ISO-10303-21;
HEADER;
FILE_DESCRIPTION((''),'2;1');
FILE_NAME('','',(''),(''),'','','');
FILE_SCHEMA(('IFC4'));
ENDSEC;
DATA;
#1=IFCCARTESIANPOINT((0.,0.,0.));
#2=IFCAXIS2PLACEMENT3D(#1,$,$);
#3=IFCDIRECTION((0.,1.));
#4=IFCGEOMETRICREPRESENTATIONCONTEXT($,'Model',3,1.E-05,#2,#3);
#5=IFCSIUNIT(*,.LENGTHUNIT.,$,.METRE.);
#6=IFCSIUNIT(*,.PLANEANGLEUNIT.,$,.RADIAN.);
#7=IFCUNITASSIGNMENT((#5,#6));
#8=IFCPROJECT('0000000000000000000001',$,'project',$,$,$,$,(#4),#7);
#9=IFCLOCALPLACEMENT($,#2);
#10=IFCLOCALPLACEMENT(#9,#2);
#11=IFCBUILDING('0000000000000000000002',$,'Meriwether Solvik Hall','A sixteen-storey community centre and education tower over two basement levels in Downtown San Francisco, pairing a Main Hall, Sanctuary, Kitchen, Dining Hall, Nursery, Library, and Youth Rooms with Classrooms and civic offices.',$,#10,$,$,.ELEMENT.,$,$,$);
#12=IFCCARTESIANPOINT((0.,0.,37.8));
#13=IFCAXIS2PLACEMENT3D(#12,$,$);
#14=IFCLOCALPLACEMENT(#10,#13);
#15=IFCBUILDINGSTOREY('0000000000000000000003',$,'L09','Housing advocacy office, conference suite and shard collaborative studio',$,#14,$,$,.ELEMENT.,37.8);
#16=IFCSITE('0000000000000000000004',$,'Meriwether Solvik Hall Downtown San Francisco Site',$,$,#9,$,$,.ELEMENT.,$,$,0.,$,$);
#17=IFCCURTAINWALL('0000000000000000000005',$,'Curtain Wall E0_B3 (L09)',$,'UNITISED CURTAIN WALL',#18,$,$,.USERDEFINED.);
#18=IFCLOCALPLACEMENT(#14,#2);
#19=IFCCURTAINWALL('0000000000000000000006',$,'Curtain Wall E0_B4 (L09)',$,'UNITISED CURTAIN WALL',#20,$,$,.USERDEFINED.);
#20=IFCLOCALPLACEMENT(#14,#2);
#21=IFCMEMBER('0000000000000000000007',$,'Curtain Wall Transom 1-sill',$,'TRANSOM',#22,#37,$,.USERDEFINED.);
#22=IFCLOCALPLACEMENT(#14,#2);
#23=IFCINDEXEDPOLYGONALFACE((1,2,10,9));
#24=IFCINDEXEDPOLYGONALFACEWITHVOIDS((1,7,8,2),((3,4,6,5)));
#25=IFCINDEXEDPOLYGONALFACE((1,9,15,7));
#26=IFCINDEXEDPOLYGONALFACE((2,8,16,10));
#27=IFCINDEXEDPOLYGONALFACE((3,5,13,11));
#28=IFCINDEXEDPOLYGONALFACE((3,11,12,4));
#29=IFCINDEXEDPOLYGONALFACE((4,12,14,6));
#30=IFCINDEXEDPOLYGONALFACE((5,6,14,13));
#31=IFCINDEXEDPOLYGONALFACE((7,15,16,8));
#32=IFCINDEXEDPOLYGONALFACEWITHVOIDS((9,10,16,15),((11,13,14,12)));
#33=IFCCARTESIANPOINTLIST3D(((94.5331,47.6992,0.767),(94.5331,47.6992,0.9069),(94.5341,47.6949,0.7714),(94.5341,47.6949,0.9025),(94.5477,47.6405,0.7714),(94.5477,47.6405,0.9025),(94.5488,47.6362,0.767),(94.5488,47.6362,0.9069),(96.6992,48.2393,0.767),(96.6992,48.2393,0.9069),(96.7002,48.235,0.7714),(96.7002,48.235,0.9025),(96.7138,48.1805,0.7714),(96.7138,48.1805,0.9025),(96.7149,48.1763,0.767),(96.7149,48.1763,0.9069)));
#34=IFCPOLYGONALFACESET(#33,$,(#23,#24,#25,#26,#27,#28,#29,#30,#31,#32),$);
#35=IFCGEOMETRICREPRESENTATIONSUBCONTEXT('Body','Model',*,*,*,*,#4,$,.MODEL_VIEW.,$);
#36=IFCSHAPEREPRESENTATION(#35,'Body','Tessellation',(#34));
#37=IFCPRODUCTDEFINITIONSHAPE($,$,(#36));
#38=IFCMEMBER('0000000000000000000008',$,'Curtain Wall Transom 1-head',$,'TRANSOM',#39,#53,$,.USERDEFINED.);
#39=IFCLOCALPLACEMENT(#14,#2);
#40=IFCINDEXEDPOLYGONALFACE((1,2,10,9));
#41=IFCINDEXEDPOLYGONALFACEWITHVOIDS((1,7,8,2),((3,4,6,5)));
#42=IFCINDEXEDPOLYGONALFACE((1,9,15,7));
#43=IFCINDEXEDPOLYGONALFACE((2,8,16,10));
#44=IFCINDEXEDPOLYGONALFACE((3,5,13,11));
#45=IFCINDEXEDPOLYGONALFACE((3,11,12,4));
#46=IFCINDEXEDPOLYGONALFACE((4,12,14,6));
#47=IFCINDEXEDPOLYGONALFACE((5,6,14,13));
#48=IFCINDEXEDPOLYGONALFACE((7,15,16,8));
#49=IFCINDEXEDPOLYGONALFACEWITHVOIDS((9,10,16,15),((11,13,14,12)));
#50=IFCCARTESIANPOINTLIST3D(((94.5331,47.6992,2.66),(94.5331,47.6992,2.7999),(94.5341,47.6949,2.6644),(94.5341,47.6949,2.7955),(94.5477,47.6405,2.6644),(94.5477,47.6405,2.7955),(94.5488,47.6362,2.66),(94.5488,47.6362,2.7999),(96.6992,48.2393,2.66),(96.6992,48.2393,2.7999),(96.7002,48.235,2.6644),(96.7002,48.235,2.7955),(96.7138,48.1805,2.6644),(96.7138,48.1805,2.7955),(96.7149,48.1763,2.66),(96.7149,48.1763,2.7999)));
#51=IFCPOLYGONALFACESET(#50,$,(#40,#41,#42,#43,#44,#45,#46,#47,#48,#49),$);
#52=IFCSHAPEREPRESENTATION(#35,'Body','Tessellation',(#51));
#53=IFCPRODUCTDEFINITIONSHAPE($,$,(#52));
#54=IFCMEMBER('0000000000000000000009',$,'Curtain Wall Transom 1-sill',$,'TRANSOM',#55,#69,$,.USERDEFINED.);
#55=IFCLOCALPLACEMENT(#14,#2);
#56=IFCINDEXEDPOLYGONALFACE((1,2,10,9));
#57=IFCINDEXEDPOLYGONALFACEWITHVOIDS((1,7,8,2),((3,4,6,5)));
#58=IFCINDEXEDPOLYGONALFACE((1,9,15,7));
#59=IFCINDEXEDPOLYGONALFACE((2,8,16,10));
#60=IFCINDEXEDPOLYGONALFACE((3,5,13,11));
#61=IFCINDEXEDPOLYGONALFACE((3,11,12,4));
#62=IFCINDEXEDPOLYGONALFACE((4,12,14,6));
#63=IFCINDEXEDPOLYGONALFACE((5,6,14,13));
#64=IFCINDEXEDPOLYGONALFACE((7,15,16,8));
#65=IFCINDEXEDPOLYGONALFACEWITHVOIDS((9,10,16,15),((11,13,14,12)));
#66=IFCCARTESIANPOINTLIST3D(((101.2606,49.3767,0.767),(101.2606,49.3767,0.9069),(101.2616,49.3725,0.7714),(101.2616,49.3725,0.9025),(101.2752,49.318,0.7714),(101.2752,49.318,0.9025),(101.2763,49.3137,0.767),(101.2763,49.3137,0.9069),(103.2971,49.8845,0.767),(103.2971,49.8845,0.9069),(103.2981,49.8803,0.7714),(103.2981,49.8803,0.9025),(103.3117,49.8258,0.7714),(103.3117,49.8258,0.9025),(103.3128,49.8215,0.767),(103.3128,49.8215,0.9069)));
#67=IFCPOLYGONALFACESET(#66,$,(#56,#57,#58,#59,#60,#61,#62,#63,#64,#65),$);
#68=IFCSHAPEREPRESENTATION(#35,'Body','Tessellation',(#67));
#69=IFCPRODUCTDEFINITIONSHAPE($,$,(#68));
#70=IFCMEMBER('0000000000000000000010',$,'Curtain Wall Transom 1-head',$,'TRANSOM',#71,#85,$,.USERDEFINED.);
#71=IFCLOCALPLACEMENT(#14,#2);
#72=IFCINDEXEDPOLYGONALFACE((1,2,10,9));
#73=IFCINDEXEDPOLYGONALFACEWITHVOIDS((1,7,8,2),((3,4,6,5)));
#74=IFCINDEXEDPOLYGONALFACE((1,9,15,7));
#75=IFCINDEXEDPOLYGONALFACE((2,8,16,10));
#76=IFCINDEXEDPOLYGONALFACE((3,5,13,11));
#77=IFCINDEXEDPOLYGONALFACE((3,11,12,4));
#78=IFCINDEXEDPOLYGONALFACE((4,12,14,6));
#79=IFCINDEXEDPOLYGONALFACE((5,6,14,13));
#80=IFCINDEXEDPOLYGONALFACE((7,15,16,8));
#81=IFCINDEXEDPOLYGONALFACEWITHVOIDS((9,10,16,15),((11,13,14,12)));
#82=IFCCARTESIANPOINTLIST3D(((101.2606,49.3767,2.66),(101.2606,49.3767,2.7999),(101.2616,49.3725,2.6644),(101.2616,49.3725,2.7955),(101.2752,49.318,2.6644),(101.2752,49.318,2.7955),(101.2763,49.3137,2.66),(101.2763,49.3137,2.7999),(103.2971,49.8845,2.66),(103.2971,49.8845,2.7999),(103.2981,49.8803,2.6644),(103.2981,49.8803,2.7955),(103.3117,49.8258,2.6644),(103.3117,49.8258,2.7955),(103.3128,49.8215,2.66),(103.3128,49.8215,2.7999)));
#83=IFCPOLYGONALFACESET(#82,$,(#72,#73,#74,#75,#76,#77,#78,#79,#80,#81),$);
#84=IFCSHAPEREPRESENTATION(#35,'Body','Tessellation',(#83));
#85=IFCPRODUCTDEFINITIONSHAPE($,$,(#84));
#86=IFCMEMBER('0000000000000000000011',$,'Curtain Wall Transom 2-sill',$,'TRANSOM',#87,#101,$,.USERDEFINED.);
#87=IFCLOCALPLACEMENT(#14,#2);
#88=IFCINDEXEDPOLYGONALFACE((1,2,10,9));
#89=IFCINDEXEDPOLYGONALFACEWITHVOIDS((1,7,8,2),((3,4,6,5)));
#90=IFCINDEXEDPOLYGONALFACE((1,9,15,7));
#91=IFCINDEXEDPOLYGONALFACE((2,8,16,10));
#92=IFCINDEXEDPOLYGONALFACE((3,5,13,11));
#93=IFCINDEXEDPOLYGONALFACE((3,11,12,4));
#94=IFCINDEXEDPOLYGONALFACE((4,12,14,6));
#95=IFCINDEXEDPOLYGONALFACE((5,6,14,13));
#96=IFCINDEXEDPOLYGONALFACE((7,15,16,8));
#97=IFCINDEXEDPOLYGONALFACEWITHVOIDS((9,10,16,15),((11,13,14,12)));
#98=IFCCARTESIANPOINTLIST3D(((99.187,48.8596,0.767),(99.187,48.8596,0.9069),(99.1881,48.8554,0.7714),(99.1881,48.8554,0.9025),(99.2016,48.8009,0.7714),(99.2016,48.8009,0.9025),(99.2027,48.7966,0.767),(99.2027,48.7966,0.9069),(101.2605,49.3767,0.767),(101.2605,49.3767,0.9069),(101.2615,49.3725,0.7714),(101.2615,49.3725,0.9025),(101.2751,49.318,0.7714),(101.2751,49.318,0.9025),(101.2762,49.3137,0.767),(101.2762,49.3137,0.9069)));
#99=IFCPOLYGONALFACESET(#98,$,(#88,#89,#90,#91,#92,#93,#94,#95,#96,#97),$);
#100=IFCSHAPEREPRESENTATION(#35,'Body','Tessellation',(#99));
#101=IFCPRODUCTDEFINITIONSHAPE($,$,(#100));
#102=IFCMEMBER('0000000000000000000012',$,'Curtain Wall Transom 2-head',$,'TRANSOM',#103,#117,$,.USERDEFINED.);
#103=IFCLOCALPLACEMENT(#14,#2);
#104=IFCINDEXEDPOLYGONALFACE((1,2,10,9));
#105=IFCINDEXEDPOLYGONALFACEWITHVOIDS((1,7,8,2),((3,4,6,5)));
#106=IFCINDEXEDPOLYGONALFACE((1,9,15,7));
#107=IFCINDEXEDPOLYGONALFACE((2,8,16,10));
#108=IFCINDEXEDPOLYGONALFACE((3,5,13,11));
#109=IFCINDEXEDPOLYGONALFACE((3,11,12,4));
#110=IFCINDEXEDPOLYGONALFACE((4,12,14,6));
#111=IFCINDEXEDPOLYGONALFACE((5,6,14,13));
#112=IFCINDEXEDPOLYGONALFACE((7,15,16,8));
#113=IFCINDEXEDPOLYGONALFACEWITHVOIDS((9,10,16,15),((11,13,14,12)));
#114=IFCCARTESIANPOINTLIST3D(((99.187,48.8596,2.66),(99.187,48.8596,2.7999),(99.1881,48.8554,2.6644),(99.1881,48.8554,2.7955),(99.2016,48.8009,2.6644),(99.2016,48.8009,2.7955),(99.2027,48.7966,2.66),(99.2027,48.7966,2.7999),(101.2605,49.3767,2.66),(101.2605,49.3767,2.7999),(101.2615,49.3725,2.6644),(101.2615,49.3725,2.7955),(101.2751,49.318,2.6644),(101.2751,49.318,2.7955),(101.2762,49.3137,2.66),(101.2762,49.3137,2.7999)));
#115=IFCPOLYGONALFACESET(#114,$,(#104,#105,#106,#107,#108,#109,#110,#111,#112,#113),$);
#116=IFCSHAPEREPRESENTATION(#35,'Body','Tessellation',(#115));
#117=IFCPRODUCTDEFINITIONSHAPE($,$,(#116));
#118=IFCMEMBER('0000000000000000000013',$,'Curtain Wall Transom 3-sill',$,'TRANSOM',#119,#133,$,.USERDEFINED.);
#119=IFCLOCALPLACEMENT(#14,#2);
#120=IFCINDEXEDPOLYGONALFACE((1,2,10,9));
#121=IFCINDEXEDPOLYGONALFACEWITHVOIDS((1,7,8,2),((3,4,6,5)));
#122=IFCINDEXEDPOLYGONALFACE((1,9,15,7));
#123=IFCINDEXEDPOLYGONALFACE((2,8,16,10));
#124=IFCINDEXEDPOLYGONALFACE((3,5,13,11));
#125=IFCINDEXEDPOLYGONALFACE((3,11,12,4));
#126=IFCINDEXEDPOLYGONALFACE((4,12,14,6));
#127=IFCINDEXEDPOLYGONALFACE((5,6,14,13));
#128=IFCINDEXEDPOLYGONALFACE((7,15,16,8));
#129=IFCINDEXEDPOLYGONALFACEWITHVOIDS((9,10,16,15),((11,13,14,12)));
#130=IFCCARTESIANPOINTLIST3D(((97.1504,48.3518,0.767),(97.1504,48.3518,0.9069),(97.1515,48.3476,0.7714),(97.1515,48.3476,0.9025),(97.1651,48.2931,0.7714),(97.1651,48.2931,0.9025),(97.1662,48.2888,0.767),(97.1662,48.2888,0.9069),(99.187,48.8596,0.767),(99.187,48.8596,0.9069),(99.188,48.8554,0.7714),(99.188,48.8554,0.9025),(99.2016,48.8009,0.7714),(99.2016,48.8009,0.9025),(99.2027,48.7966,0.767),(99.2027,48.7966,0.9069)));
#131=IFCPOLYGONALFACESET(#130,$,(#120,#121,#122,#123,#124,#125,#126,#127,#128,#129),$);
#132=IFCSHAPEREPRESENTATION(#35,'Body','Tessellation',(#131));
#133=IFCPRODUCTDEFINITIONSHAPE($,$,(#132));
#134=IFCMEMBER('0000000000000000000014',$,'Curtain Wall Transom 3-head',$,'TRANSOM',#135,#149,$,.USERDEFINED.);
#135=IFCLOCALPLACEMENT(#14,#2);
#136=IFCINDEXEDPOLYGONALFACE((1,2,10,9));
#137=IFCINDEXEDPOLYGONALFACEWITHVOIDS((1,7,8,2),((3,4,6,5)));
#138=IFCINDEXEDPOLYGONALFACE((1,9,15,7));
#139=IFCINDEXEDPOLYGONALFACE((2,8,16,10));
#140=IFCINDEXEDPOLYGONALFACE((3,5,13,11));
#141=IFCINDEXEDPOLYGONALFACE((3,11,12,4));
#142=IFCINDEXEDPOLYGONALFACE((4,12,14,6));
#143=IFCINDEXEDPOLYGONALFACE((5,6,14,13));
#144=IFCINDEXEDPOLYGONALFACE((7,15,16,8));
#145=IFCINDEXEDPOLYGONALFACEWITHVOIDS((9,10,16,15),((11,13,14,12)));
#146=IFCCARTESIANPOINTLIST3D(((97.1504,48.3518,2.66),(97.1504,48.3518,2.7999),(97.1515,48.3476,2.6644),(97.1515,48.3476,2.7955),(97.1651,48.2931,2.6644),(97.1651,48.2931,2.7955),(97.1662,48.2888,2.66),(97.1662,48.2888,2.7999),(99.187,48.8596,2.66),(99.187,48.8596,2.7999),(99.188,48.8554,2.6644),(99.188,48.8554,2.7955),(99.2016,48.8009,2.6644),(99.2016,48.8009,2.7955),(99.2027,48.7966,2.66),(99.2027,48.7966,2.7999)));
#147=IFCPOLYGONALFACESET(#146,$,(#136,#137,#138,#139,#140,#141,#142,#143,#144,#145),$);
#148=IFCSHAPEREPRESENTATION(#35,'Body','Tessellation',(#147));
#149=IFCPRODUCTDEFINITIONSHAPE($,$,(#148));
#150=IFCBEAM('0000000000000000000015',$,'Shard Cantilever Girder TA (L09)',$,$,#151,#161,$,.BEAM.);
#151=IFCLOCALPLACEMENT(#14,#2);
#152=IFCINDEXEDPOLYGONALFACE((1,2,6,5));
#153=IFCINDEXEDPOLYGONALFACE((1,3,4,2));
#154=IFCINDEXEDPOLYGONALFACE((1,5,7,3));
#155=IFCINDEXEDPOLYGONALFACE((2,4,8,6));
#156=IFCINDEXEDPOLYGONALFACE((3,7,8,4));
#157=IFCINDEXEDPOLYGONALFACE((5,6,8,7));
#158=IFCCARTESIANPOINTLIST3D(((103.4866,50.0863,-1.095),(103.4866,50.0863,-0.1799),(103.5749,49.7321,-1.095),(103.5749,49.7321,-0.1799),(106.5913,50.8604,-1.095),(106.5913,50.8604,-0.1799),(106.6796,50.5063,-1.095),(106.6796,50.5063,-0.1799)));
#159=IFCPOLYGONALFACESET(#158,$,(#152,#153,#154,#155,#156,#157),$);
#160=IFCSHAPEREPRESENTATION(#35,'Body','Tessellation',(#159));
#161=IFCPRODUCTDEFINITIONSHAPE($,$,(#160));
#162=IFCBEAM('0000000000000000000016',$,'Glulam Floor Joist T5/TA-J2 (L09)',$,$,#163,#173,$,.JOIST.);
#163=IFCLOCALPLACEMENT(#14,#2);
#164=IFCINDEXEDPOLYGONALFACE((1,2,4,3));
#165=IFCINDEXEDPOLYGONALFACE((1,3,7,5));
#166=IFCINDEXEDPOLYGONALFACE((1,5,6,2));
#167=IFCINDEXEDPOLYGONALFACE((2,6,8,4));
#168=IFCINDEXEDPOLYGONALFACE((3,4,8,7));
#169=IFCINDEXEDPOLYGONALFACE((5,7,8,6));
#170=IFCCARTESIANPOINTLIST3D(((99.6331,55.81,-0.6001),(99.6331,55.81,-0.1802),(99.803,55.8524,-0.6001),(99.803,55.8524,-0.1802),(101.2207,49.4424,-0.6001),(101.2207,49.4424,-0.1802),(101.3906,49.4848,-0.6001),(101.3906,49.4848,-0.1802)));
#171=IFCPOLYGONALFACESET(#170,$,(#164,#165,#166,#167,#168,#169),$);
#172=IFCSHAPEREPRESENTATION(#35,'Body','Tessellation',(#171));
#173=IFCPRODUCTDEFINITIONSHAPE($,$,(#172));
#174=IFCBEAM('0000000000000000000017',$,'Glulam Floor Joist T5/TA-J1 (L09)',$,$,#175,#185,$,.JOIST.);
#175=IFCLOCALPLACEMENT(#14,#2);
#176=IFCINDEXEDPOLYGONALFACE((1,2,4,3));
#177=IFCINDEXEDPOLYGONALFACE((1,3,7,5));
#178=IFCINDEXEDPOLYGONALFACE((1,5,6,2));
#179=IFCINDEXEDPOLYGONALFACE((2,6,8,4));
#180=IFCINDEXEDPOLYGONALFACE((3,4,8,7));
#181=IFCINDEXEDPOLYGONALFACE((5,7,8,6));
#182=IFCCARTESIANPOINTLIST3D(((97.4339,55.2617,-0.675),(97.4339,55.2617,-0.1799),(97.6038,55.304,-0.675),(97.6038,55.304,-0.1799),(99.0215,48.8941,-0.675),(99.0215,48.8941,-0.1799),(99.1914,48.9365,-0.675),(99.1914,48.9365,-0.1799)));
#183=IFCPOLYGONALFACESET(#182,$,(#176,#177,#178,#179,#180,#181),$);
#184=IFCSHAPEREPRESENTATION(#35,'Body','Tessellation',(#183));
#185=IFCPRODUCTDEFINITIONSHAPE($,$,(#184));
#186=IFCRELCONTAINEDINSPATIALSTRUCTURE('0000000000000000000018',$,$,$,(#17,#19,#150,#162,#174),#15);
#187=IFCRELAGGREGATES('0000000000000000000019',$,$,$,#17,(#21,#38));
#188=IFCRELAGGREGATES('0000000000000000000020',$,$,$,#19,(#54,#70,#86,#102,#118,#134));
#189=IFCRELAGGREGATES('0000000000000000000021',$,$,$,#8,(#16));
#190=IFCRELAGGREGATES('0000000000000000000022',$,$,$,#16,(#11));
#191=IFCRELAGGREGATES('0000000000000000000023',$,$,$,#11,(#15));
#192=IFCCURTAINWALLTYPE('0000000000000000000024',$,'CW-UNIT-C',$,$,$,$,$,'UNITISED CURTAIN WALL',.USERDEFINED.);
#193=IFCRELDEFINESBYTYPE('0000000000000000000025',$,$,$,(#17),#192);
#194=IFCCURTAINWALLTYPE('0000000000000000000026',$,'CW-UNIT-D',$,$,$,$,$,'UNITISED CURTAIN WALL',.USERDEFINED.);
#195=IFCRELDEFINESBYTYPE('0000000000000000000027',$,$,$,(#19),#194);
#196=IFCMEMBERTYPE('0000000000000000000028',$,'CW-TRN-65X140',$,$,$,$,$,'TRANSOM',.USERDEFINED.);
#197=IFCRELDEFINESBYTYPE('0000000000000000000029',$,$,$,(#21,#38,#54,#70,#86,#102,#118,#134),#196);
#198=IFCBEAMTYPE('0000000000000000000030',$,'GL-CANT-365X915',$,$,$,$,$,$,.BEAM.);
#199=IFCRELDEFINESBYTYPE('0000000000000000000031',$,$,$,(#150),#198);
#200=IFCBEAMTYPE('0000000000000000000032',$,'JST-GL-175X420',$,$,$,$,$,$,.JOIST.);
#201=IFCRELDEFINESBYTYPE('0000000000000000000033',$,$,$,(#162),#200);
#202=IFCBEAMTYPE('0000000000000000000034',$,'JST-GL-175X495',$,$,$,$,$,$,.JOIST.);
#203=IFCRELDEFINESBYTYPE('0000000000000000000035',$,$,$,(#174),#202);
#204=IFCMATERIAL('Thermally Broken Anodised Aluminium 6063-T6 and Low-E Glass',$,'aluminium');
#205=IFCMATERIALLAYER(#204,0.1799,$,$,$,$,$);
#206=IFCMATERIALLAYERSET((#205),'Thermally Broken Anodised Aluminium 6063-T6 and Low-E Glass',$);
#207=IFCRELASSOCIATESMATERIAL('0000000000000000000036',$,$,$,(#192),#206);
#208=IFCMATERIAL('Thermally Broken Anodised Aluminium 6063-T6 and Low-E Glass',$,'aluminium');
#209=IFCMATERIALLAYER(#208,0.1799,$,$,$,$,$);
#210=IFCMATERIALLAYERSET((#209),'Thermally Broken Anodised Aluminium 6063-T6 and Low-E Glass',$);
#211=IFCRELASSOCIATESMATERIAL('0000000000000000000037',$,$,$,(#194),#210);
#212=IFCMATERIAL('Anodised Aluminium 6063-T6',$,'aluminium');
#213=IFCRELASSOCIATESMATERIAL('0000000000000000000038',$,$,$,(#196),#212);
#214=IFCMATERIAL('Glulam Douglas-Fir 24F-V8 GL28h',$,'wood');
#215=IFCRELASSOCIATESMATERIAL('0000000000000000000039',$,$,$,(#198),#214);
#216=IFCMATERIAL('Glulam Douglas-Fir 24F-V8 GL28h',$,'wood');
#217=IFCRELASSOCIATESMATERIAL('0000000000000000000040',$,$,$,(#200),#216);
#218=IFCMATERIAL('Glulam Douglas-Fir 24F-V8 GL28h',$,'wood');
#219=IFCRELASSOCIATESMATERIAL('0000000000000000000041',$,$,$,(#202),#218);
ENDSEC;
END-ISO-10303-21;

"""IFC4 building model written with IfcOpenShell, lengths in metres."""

from ifc_helpers import new_model, si_unit, direction, frame, origin, origin_2d, place, context, subcontext, project, spatial, rectangle, hollow_rectangle, extrude, material, layer, layer_set, material_profile, profile_set, type_object, element, aggregate, save


model = new_model("IFC4")

# Units and contexts
model_context = context("Model", 3, precision=1e-05, world=origin(), true_north=direction((0.0, 1.0)))
body_context = subcontext(model_context, "Body", "Model", "MODEL_VIEW")
ifc_project = project(units=[si_unit("LENGTHUNIT", "METRE"), si_unit("PLANEANGLEUNIT", "RADIAN")], contexts=[model_context])

# Site, building, storey
site_placement = place(None, origin())
site = spatial("IfcSite", under=ifc_project, at=site_placement, Name="Meriwether Solvik Hall Downtown San Francisco Site", CompositionType="ELEMENT", RefElevation=0.0)
building_placement = place(site_placement, origin())
building = spatial("IfcBuilding", under=site, at=building_placement, Name="Meriwether Solvik Hall", Description="A sixteen-storey community centre and education tower over two basement levels in Downtown San Francisco, pairing a Main Hall, Sanctuary, Kitchen, Dining Hall, Nursery, Library, and Youth Rooms with Classrooms and civic offices.", CompositionType="ELEMENT")
storey_placement = place(building_placement, frame((0.0, 0.0, 37.8)))
storey = spatial("IfcBuildingStorey", under=building, at=storey_placement, Name="L09", Description="Housing advocacy office, conference suite and shard collaborative studio", CompositionType="ELEMENT", Elevation=37.8)

# Curtain wall
ifc_material_1 = material(Name="Thermally Broken Anodised Aluminium 6063-T6 and Low-E Glass", Category="aluminium")
ifc_layer_1 = layer(ifc_material_1, 0.1799)
ifc_layer_set_1 = layer_set([ifc_layer_1], Name="Thermally Broken Anodised Aluminium 6063-T6 and Low-E Glass")
curtain_wall_type_1 = type_object("IfcCurtainWallType", Name="CW-UNIT-C", ElementType="UNITISED CURTAIN WALL", PredefinedType="USERDEFINED", material=ifc_layer_set_1)
curtain_wall_1_placement = place(storey_placement, origin())
curtain_wall_1 = element("IfcCurtainWall", 1, at=curtain_wall_1_placement, inside=storey, type_object=curtain_wall_type_1, Name="Curtain Wall E0_B3 (L09)", ObjectType="UNITISED CURTAIN WALL", PredefinedType="USERDEFINED")

# Curtain wall
ifc_material_2 = material(Name="Thermally Broken Anodised Aluminium 6063-T6 and Low-E Glass", Category="aluminium")
ifc_layer_2 = layer(ifc_material_2, 0.1799)
ifc_layer_set_2 = layer_set([ifc_layer_2], Name="Thermally Broken Anodised Aluminium 6063-T6 and Low-E Glass")
curtain_wall_type_2 = type_object("IfcCurtainWallType", Name="CW-UNIT-D", ElementType="UNITISED CURTAIN WALL", PredefinedType="USERDEFINED", material=ifc_layer_set_2)
curtain_wall_2_placement = place(storey_placement, origin())
curtain_wall_2 = element("IfcCurtainWall", 2, at=curtain_wall_2_placement, inside=storey, type_object=curtain_wall_type_2, Name="Curtain Wall E0_B4 (L09)", ObjectType="UNITISED CURTAIN WALL", PredefinedType="USERDEFINED")

# Members
ifc_material_3 = material(Name="Anodised Aluminium 6063-T6", Category="aluminium")
ifc_material_profile_1 = material_profile(ifc_material_3, hollow_rectangle(XDim=0.0649, YDim=0.1399, WallThickness=0.0044, at=origin_2d()), Name="CWT-65X140")
ifc_profile_set_1 = profile_set([ifc_material_profile_1], Name="Anodised Aluminium 6063-T6")
member_type_1 = type_object("IfcMemberType", Name="CW-TRN-65X140", ElementType="TRANSOM", PredefinedType="USERDEFINED", material=ifc_profile_set_1)
member_1_placement = place(storey_placement, frame((96.707, 48.2078, 0.8369), z_axis=(-0.970297, -0.241918, 0.0), x_axis=(0.241918, -0.970297, 0.0)))
member_1 = element("IfcMember", 3, at=member_1_placement, type_object=member_type_1, Name="Curtain Wall Transom 1-sill", ObjectType="TRANSOM", PredefinedType="USERDEFINED", context=body_context, shape_type="SweptSolid", body=[
    extrude(hollow_rectangle(XDim=0.0649, YDim=0.1399, WallThickness=0.0044, at=origin_2d()), origin(), (0.0, 0.0, 1.0), 2.2324),
])
member_2_placement = place(storey_placement, frame((96.707, 48.2078, 2.73), z_axis=(-0.970297, -0.241918, 0.0), x_axis=(0.241918, -0.970297, 0.0)))
member_2 = element("IfcMember", 4, at=member_2_placement, type_object=member_type_1, Name="Curtain Wall Transom 1-head", ObjectType="TRANSOM", PredefinedType="USERDEFINED", context=body_context, shape_type="SweptSolid", body=[
    extrude(hollow_rectangle(XDim=0.0649, YDim=0.1399, WallThickness=0.0044, at=origin_2d()), origin(), (0.0, 0.0, 1.0), 2.2324),
])
member_3_placement = place(storey_placement, frame((103.3049, 49.853, 0.8369), z_axis=(-0.970293, -0.241933, 0.0), x_axis=(0.241933, -0.970293, 0.0)))
member_3 = element("IfcMember", 5, at=member_3_placement, type_object=member_type_1, Name="Curtain Wall Transom 1-sill", ObjectType="TRANSOM", PredefinedType="USERDEFINED", context=body_context, shape_type="SweptSolid", body=[
    extrude(hollow_rectangle(XDim=0.0649, YDim=0.1399, WallThickness=0.0044, at=origin_2d()), origin(), (0.0, 0.0, 1.0), 2.0989),
])
member_4_placement = place(storey_placement, frame((103.3049, 49.853, 2.73), z_axis=(-0.970293, -0.241933, 0.0), x_axis=(0.241933, -0.970293, 0.0)))
member_4 = element("IfcMember", 6, at=member_4_placement, type_object=member_type_1, Name="Curtain Wall Transom 1-head", ObjectType="TRANSOM", PredefinedType="USERDEFINED", context=body_context, shape_type="SweptSolid", body=[
    extrude(hollow_rectangle(XDim=0.0649, YDim=0.1399, WallThickness=0.0044, at=origin_2d()), origin(), (0.0, 0.0, 1.0), 2.0989),
])
member_5_placement = place(storey_placement, frame((101.2683, 49.3452, 0.8369), z_axis=(-0.970283, -0.241971, 0.0), x_axis=(0.241971, -0.970283, 0.0)))
member_5 = element("IfcMember", 7, at=member_5_placement, type_object=member_type_1, Name="Curtain Wall Transom 2-sill", ObjectType="TRANSOM", PredefinedType="USERDEFINED", context=body_context, shape_type="SweptSolid", body=[
    extrude(hollow_rectangle(XDim=0.0649, YDim=0.1399, WallThickness=0.0044, at=origin_2d()), origin(), (0.0, 0.0, 1.0), 2.137),
])
member_6_placement = place(storey_placement, frame((101.2683, 49.3452, 2.73), z_axis=(-0.970283, -0.241971, 0.0), x_axis=(0.241971, -0.970283, 0.0)))
member_6 = element("IfcMember", 8, at=member_6_placement, type_object=member_type_1, Name="Curtain Wall Transom 2-head", ObjectType="TRANSOM", PredefinedType="USERDEFINED", context=body_context, shape_type="SweptSolid", body=[
    extrude(hollow_rectangle(XDim=0.0649, YDim=0.1399, WallThickness=0.0044, at=origin_2d()), origin(), (0.0, 0.0, 1.0), 2.137),
])
member_7_placement = place(storey_placement, frame((99.1948, 48.8281, 0.8369), z_axis=(-0.970293, -0.241933, 0.0), x_axis=(0.241933, -0.970293, 0.0)))
member_7 = element("IfcMember", 9, at=member_7_placement, type_object=member_type_1, Name="Curtain Wall Transom 3-sill", ObjectType="TRANSOM", PredefinedType="USERDEFINED", context=body_context, shape_type="SweptSolid", body=[
    extrude(hollow_rectangle(XDim=0.0649, YDim=0.1399, WallThickness=0.0044, at=origin_2d()), origin(), (0.0, 0.0, 1.0), 2.0989),
])
member_8_placement = place(storey_placement, frame((99.1948, 48.8281, 2.73), z_axis=(-0.970293, -0.241933, 0.0), x_axis=(0.241933, -0.970293, 0.0)))
member_8 = element("IfcMember", 10, at=member_8_placement, type_object=member_type_1, Name="Curtain Wall Transom 3-head", ObjectType="TRANSOM", PredefinedType="USERDEFINED", context=body_context, shape_type="SweptSolid", body=[
    extrude(hollow_rectangle(XDim=0.0649, YDim=0.1399, WallThickness=0.0044, at=origin_2d()), origin(), (0.0, 0.0, 1.0), 2.0989),
])

# Beams
ifc_material_4 = material(Name="Glulam Douglas-Fir 24F-V8 GL28h", Category="wood")
ifc_material_profile_2 = material_profile(ifc_material_4, rectangle(XDim=0.365, YDim=0.915, at=origin_2d()), Name="GLB-365X915")
ifc_profile_set_2 = profile_set([ifc_material_profile_2], Name="Glulam Douglas-Fir 24F-V8 GL28h")
beam_type_1 = type_object("IfcBeamType", Name="GL-CANT-365X915", PredefinedType="BEAM", material=ifc_profile_set_2)
beam_1_placement = place(storey_placement, frame((103.5308, 49.9092, -0.6375), z_axis=(0.97029, 0.241943, 0.0), x_axis=(-0.241943, 0.97029, 0.0)))
element("IfcBeam", 11, at=beam_1_placement, inside=storey, type_object=beam_type_1, Name="Shard Cantilever Girder TA (L09)", PredefinedType="BEAM", context=body_context, shape_type="SweptSolid", body=[
    extrude(rectangle(XDim=0.365, YDim=0.915, at=origin_2d()), origin(), (0.0, 0.0, 1.0), 3.1997),
])
ifc_material_5 = material(Name="Glulam Douglas-Fir 24F-V8 GL28h", Category="wood")
ifc_material_profile_3 = material_profile(ifc_material_5, rectangle(XDim=0.175, YDim=0.4199, at=origin_2d()), Name="GLJ-175X420")
ifc_profile_set_3 = profile_set([ifc_material_profile_3], Name="Glulam Douglas-Fir 24F-V8 GL28h")
beam_type_2 = type_object("IfcBeamType", Name="JST-GL-175X420", PredefinedType="JOIST", material=ifc_profile_set_3)
beam_2_placement = place(storey_placement, frame((101.3057, 49.4636, -0.3901), z_axis=(-0.241923, 0.970295, 0.0), x_axis=(-0.970295, -0.241923, 0.0)))
element("IfcBeam", 12, at=beam_2_placement, inside=storey, type_object=beam_type_2, Name="Glulam Floor Joist T5/TA-J2 (L09)", PredefinedType="JOIST", context=body_context, shape_type="SweptSolid", body=[
    extrude(rectangle(XDim=0.175, YDim=0.4199, at=origin_2d()), origin(), (0.0, 0.0, 1.0), 6.5625),
])
ifc_material_6 = material(Name="Glulam Douglas-Fir 24F-V8 GL28h", Category="wood")
ifc_material_profile_4 = material_profile(ifc_material_6, rectangle(XDim=0.175, YDim=0.4951, at=origin_2d()), Name="GLJ-175X495")
ifc_profile_set_4 = profile_set([ifc_material_profile_4], Name="Glulam Douglas-Fir 24F-V8 GL28h")
beam_type_3 = type_object("IfcBeamType", Name="JST-GL-175X495", PredefinedType="JOIST", material=ifc_profile_set_4)
beam_3_placement = place(storey_placement, frame((99.1064, 48.9153, -0.4275), z_axis=(-0.241923, 0.970295, 0.0), x_axis=(-0.970295, -0.241923, 0.0)))
element("IfcBeam", 13, at=beam_3_placement, inside=storey, type_object=beam_type_3, Name="Glulam Floor Joist T5/TA-J1 (L09)", PredefinedType="JOIST", context=body_context, shape_type="SweptSolid", body=[
    extrude(rectangle(XDim=0.175, YDim=0.4951, at=origin_2d()), origin(), (0.0, 0.0, 1.0), 6.5625),
])

aggregate(curtain_wall_1, [member_1, member_2])
aggregate(curtain_wall_2, [member_3, member_4, member_5, member_6, member_7, member_8])

save(model, "model.ifc")
